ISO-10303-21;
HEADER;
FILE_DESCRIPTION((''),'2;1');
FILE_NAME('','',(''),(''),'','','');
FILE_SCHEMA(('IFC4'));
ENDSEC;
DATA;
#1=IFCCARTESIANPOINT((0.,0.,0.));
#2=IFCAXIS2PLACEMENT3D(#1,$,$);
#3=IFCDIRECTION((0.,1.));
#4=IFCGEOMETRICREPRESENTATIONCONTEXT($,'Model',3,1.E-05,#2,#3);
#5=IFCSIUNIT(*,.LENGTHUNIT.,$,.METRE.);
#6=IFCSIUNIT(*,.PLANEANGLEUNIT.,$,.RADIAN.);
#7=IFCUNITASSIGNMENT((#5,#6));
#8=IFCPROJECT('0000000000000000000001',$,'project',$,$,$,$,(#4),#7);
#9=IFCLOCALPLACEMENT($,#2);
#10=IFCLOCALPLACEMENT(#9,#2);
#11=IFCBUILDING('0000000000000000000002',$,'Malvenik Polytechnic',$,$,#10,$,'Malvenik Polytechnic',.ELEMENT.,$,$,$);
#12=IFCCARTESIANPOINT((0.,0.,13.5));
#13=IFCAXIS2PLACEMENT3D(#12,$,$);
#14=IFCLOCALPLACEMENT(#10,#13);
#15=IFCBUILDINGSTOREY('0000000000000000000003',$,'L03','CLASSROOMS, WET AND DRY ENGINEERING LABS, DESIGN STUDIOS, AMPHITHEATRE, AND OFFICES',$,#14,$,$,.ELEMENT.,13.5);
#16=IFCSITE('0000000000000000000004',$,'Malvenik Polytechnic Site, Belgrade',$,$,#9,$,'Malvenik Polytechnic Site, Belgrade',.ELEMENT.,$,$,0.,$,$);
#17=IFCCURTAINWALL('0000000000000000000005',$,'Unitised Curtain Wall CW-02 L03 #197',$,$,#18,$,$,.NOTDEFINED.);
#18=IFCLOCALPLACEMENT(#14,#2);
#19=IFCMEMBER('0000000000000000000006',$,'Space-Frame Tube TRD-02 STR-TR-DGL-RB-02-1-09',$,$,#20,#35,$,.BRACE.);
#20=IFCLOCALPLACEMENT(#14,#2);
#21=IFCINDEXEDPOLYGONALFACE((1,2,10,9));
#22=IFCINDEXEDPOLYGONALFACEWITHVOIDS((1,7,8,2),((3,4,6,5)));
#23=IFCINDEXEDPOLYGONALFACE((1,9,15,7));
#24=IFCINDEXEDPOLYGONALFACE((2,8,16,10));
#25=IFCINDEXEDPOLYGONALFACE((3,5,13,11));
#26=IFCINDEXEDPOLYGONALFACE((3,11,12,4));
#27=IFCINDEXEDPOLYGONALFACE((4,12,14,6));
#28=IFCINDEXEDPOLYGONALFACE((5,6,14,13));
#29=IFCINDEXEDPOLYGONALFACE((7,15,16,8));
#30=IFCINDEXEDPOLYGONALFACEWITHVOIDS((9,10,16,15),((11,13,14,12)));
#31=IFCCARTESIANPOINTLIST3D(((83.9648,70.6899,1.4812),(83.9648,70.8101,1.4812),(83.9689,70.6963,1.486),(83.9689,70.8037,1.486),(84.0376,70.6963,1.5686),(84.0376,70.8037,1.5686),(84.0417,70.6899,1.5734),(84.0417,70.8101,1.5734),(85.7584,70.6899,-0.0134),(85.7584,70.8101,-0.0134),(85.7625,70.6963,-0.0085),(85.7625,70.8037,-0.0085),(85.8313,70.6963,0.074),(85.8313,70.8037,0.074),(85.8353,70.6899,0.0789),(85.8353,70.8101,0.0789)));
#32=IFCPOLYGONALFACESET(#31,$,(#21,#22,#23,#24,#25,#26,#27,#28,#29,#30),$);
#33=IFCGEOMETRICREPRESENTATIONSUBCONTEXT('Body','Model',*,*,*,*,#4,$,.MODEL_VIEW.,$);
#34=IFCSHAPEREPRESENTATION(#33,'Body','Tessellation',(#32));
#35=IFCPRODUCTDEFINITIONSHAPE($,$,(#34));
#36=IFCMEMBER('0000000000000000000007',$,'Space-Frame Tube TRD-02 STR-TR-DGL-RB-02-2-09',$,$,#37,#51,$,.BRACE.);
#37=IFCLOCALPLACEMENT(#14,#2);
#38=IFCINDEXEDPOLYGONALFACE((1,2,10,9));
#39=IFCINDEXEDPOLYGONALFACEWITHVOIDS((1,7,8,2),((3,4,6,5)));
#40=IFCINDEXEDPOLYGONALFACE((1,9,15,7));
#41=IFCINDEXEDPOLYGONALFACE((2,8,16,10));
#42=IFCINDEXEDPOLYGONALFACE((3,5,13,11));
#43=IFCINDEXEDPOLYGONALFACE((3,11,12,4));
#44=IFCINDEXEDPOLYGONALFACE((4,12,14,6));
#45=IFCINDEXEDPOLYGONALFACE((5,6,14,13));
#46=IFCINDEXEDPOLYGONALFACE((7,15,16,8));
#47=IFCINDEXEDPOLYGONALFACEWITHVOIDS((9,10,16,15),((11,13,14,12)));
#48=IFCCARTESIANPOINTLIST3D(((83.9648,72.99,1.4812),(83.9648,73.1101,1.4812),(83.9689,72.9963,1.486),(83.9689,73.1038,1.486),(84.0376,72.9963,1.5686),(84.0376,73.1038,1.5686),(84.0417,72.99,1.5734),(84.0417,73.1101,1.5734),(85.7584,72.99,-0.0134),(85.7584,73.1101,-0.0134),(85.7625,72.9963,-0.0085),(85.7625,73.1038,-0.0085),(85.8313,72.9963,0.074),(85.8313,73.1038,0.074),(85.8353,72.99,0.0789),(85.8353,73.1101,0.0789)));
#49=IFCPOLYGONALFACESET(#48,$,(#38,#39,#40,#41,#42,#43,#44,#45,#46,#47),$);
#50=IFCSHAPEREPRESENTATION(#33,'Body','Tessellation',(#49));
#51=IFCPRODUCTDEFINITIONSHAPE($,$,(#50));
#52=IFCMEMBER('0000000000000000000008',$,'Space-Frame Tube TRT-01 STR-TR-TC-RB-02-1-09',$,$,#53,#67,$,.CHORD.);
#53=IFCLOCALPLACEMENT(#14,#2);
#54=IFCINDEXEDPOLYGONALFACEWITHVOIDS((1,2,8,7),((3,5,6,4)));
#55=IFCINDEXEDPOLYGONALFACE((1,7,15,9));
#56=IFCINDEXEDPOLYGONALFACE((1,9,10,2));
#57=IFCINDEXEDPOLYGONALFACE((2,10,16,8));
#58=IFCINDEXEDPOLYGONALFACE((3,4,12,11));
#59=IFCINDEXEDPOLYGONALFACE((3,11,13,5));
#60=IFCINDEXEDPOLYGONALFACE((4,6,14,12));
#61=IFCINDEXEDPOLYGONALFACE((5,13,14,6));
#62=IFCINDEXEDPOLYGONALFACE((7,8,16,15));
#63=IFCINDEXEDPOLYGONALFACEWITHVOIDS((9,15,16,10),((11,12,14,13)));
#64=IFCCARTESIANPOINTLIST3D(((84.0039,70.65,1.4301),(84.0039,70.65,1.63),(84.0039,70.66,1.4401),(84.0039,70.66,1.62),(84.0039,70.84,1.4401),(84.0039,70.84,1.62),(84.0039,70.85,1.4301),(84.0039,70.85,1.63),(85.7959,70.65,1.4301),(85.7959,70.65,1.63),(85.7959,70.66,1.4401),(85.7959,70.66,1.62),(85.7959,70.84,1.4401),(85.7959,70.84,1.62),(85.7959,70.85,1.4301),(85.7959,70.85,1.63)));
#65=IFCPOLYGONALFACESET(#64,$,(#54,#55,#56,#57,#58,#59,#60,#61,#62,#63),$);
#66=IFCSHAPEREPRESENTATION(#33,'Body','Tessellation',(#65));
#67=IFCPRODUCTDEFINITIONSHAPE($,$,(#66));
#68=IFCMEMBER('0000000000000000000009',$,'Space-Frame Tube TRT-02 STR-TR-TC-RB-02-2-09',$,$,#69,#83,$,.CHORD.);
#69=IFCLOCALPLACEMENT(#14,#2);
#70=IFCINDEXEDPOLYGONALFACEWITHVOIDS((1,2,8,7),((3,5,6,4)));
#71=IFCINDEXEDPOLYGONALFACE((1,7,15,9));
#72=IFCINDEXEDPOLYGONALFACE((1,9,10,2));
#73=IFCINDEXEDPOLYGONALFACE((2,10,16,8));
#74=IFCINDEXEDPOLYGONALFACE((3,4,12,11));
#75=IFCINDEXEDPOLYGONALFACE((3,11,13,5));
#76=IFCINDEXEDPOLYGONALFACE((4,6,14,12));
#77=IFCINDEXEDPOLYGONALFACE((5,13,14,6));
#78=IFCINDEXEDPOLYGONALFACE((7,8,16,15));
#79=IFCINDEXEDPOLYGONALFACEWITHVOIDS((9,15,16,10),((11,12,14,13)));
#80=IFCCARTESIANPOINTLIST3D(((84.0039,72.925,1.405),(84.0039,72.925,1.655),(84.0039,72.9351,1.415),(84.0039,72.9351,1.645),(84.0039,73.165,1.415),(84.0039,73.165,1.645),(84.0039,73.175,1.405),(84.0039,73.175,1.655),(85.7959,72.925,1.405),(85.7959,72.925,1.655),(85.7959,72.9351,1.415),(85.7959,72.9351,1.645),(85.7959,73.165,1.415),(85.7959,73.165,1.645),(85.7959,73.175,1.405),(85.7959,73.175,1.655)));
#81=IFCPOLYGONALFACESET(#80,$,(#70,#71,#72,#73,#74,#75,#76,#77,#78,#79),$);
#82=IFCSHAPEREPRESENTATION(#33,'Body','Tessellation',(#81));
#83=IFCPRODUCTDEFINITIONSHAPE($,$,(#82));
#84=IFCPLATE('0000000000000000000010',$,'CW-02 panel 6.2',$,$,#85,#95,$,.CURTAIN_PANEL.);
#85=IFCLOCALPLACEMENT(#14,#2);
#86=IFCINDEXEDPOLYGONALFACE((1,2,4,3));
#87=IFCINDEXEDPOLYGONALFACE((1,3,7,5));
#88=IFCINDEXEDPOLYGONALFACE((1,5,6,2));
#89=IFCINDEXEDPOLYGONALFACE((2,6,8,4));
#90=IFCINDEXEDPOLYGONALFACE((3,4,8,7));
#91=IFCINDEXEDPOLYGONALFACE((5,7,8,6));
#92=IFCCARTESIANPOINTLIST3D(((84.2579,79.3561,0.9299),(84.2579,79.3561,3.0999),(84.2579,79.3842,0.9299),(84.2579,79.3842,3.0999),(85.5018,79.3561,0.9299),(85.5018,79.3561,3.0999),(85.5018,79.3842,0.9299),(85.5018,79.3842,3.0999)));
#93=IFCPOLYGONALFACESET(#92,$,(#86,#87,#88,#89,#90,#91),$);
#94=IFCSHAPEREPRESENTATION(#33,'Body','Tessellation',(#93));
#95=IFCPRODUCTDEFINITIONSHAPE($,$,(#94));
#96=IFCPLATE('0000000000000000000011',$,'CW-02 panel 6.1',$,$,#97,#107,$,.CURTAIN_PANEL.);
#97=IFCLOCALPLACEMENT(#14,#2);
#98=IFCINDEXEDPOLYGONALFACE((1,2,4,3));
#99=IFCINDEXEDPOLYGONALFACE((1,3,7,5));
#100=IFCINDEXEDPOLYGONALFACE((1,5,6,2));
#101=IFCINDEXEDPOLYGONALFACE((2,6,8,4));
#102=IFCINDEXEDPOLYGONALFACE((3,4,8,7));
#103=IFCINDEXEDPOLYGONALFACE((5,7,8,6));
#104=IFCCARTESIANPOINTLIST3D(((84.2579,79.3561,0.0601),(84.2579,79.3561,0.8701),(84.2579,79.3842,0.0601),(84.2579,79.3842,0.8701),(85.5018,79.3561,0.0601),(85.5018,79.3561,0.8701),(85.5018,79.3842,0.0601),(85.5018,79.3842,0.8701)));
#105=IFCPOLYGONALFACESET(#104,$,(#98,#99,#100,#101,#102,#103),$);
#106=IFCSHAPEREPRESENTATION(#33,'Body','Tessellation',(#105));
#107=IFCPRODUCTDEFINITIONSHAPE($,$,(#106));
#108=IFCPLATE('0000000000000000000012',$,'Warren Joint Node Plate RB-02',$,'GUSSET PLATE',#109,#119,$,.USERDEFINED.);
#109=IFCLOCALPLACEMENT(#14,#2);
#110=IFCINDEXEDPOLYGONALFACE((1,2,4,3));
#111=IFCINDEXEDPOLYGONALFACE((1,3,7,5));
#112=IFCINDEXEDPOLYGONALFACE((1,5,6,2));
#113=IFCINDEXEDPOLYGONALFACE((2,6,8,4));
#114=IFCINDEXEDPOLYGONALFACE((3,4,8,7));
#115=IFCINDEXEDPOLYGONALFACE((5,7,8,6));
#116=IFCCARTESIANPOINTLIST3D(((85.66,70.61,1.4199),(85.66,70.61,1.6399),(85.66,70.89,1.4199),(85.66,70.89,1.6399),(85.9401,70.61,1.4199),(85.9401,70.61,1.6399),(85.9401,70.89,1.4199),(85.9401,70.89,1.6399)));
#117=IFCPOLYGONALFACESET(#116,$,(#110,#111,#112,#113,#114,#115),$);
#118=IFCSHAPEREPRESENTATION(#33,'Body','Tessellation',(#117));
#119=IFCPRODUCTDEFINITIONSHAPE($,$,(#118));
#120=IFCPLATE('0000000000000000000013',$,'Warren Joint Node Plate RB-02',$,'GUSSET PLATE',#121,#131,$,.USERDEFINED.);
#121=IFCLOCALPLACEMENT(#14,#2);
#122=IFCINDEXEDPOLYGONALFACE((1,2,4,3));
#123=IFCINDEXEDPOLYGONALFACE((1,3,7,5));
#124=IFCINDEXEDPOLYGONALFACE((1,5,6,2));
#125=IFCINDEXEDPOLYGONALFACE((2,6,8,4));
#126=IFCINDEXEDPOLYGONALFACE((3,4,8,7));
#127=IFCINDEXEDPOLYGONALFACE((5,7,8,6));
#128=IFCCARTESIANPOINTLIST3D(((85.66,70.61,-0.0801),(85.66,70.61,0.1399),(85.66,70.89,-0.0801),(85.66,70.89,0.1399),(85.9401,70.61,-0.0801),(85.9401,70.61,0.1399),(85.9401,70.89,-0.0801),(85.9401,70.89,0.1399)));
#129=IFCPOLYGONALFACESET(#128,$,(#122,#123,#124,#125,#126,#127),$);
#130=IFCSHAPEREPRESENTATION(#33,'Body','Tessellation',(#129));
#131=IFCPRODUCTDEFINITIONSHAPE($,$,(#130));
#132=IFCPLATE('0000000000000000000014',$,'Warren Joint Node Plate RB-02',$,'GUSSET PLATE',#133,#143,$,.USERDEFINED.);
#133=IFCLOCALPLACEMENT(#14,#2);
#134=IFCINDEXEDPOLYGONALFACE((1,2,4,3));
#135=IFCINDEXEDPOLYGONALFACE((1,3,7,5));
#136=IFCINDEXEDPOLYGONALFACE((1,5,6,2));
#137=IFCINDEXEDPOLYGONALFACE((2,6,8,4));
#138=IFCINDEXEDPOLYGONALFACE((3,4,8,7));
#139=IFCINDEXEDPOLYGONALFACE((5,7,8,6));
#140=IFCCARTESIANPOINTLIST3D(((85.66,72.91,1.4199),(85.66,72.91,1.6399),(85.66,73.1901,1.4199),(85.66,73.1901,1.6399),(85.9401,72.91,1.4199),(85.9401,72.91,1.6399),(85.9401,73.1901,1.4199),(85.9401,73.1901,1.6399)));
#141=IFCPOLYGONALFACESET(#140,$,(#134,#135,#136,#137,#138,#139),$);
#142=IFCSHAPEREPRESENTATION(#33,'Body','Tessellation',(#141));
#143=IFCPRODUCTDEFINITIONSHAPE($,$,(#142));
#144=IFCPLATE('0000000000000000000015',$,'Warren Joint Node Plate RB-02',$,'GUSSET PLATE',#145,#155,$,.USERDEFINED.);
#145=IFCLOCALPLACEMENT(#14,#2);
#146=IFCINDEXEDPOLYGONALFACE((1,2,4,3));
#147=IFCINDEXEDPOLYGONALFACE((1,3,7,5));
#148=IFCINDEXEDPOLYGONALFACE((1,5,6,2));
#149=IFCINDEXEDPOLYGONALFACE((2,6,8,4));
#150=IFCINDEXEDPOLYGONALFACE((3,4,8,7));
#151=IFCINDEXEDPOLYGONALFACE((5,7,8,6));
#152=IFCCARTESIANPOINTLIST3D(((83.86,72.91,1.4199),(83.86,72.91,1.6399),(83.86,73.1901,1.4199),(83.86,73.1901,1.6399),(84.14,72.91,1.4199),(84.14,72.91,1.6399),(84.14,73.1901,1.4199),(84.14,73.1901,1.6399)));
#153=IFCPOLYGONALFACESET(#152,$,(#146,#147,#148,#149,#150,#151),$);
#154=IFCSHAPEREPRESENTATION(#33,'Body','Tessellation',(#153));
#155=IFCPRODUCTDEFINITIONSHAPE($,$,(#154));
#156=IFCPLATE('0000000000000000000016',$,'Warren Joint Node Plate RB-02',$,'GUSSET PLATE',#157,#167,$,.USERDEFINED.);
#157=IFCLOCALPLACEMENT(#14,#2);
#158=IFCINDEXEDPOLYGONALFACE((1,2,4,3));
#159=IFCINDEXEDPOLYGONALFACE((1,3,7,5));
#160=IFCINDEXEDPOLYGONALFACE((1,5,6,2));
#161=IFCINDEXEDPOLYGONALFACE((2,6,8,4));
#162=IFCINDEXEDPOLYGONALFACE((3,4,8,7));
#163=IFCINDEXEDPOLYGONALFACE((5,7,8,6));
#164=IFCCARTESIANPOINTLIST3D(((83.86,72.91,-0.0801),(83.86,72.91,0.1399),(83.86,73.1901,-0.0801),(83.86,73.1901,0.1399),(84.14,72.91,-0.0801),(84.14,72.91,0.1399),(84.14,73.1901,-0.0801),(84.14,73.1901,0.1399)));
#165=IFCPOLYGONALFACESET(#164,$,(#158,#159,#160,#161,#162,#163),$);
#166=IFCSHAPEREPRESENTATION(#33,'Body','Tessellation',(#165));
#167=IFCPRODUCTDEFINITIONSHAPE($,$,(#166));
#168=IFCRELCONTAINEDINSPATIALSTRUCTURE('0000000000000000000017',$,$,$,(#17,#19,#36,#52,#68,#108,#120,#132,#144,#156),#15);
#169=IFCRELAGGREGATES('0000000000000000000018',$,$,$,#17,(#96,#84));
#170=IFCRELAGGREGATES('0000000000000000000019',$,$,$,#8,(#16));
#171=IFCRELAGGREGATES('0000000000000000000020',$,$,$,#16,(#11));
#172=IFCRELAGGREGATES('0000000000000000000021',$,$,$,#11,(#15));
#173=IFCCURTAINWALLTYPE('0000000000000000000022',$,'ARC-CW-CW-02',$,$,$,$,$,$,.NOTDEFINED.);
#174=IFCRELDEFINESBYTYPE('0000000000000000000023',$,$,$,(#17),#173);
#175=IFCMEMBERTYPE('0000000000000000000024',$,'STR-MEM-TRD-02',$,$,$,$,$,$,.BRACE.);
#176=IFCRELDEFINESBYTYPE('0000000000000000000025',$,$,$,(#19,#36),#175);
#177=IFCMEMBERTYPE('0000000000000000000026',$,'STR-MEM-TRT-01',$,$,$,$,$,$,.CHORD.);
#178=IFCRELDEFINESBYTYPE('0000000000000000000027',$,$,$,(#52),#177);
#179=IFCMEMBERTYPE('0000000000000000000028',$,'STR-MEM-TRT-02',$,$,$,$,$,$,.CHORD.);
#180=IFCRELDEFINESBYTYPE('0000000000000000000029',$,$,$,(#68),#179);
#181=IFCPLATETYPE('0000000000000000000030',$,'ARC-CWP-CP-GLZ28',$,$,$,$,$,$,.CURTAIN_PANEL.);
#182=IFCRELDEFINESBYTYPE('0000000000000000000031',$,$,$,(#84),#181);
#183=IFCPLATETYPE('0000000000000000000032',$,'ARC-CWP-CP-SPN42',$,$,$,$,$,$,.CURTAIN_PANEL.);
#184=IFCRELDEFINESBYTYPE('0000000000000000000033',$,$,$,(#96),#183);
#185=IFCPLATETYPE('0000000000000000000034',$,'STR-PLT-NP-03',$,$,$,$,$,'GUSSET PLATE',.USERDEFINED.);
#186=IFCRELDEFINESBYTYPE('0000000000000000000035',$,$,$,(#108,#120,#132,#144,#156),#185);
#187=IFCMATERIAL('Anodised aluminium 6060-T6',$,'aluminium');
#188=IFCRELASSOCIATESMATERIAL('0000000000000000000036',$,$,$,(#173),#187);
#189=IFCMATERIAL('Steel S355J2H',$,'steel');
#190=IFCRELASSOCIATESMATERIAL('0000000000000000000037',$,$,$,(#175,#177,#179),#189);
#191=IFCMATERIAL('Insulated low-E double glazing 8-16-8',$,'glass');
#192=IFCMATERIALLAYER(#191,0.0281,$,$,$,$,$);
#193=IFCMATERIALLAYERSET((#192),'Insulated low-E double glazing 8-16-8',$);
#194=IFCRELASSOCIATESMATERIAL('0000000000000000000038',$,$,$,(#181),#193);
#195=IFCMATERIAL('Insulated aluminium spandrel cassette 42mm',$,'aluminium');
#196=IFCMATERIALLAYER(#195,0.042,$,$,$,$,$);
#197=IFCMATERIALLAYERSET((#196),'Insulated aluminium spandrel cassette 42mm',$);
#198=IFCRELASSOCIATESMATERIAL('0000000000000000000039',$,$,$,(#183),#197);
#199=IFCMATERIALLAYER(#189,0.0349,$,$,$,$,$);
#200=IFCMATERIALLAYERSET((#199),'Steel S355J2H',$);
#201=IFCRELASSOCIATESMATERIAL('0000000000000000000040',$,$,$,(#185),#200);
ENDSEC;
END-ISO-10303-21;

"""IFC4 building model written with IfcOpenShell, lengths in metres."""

from ifc_helpers import new_model, si_unit, direction, frame, origin, origin_2d, place, context, subcontext, project, spatial, rectangle, hollow_rectangle, extrude, material, layer, layer_set, material_profile, profile_set, type_object, element, aggregate, save


model = new_model("IFC4")

# Units and contexts
model_context = context("Model", 3, precision=1e-05, world=origin(), true_north=direction((0.0, 1.0)))
body_context = subcontext(model_context, "Body", "Model", "MODEL_VIEW")
ifc_project = project(units=[si_unit("LENGTHUNIT", "METRE"), si_unit("PLANEANGLEUNIT", "RADIAN")], contexts=[model_context])

# Site, building, storey
site_placement = place(None, origin())
site = spatial("IfcSite", under=ifc_project, at=site_placement, Name="Malvenik Polytechnic Site, Belgrade", LongName="Malvenik Polytechnic Site, Belgrade", CompositionType="ELEMENT", RefElevation=0.0)
building_placement = place(site_placement, origin())
building = spatial("IfcBuilding", under=site, at=building_placement, Name="Malvenik Polytechnic", LongName="Malvenik Polytechnic", CompositionType="ELEMENT")
storey_placement = place(building_placement, frame((0.0, 0.0, 13.5)))
storey = spatial("IfcBuildingStorey", under=building, at=storey_placement, Name="L03", Description="CLASSROOMS, WET AND DRY ENGINEERING LABS, DESIGN STUDIOS, AMPHITHEATRE, AND OFFICES", CompositionType="ELEMENT", Elevation=13.5)

# Shared definitions
ifc_material_1 = material(Name="Steel S355J2H", Category="steel")

# Curtain wall
ifc_material_2 = material(Name="Anodised aluminium 6060-T6", Category="aluminium")
curtain_wall_type = type_object("IfcCurtainWallType", Name="ARC-CW-CW-02", PredefinedType="NOTDEFINED", material=ifc_material_2)
curtain_wall_placement = place(storey_placement, origin())
curtain_wall = element("IfcCurtainWall", 1, at=curtain_wall_placement, inside=storey, type_object=curtain_wall_type, Name="Unitised Curtain Wall CW-02 L03 #197", PredefinedType="NOTDEFINED")

# Members
ifc_material_profile_1 = material_profile(ifc_material_1, hollow_rectangle(XDim=0.1201, YDim=0.1201, WallThickness=0.0063, at=origin_2d()), Name="SHS 120x120x6.3")
ifc_profile_set_1 = profile_set([ifc_material_profile_1], Name="Steel S355J2H")
member_type_1 = type_object("IfcMemberType", Name="STR-MEM-TRD-02", PredefinedType="BRACE", material=ifc_profile_set_1)
for number, where, z_axis, x_axis, name in (
    (2, (85.7969, 70.75, 0.0327), (-0.768247, 0.0, 0.640154), (0.0, -1.0, 0.0), "Space-Frame Tube TRD-02 STR-TR-DGL-RB-02-1-09"),
    (3, (85.7969, 73.05, 0.0327), (-0.768247, 0.0, 0.640154), (0.0, -1.0, 0.0), "Space-Frame Tube TRD-02 STR-TR-DGL-RB-02-2-09"),
):
    element("IfcMember", number, at=place(storey_placement, frame(where, z_axis=z_axis, x_axis=x_axis)), inside=storey, type_object=member_type_1, Name=name, PredefinedType="BRACE", context=body_context, shape_type="SweptSolid", body=[
        extrude(hollow_rectangle(XDim=0.1201, YDim=0.1201, WallThickness=0.0063, at=origin_2d()), origin(), (0.0, 0.0, 1.0), 2.3347),
    ])
ifc_material_profile_2 = material_profile(ifc_material_1, hollow_rectangle(XDim=0.2, YDim=0.2, WallThickness=0.01, at=origin_2d()), Name="SHS 200x200x10.0")
ifc_profile_set_2 = profile_set([ifc_material_profile_2], Name="Steel S355J2H")
member_type_2 = type_object("IfcMemberType", Name="STR-MEM-TRT-01", PredefinedType="CHORD", material=ifc_profile_set_2)
member_1_placement = place(storey_placement, frame((85.7959, 70.75, 1.53), z_axis=(-1.0, 0.0, 0.0), x_axis=(0.0, -1.0, 0.0)))
element("IfcMember", 4, at=member_1_placement, inside=storey, type_object=member_type_2, Name="Space-Frame Tube TRT-01 STR-TR-TC-RB-02-1-09", PredefinedType="CHORD", context=body_context, shape_type="SweptSolid", body=[
    extrude(hollow_rectangle(XDim=0.2, YDim=0.2, WallThickness=0.01, at=origin_2d()), origin(), (0.0, 0.0, 1.0), 1.792),
])
ifc_material_profile_3 = material_profile(ifc_material_1, hollow_rectangle(XDim=0.25, YDim=0.25, WallThickness=0.01, at=origin_2d()), Name="SHS 250x250x10.0")
ifc_profile_set_3 = profile_set([ifc_material_profile_3], Name="Steel S355J2H")
member_type_3 = type_object("IfcMemberType", Name="STR-MEM-TRT-02", PredefinedType="CHORD", material=ifc_profile_set_3)
member_2_placement = place(storey_placement, frame((85.7959, 73.05, 1.53), z_axis=(-1.0, 0.0, 0.0), x_axis=(0.0, -1.0, 0.0)))
element("IfcMember", 5, at=member_2_placement, inside=storey, type_object=member_type_3, Name="Space-Frame Tube TRT-02 STR-TR-TC-RB-02-2-09", PredefinedType="CHORD", context=body_context, shape_type="SweptSolid", body=[
    extrude(hollow_rectangle(XDim=0.25, YDim=0.25, WallThickness=0.01, at=origin_2d()), origin(), (0.0, 0.0, 1.0), 1.792),
])

# Plates
ifc_material_3 = material(Name="Insulated low-E double glazing 8-16-8", Category="glass")
ifc_layer_1 = layer(ifc_material_3, 0.0281)
ifc_layer_set_1 = layer_set([ifc_layer_1], Name="Insulated low-E double glazing 8-16-8")
plate_type_1 = type_object("IfcPlateType", Name="ARC-CWP-CP-GLZ28", PredefinedType="CURTAIN_PANEL", material=ifc_layer_set_1)
plate_1_placement = place(storey_placement, frame((84.8799, 79.3701, 0.9299), z_axis=(0.0, 0.0, 1.0), x_axis=(-1.0, 0.0, 0.0)))
plate_1 = element("IfcPlate", 6, at=plate_1_placement, type_object=plate_type_1, Name="CW-02 panel 6.2", PredefinedType="CURTAIN_PANEL", context=body_context, shape_type="SweptSolid", body=[
    extrude(rectangle(XDim=1.2439, YDim=0.0281, at=origin_2d()), origin(), (0.0, 0.0, 1.0), 2.1699),
])
ifc_material_4 = material(Name="Insulated aluminium spandrel cassette 42mm", Category="aluminium")
ifc_layer_2 = layer(ifc_material_4, 0.042)
ifc_layer_set_2 = layer_set([ifc_layer_2], Name="Insulated aluminium spandrel cassette 42mm")
plate_type_2 = type_object("IfcPlateType", Name="ARC-CWP-CP-SPN42", PredefinedType="CURTAIN_PANEL", material=ifc_layer_set_2)
plate_2_placement = place(storey_placement, frame((84.8799, 79.3701, 0.0601), z_axis=(0.0, 0.0, 1.0), x_axis=(-1.0, 0.0, 0.0)))
plate_2 = element("IfcPlate", 7, at=plate_2_placement, type_object=plate_type_2, Name="CW-02 panel 6.1", PredefinedType="CURTAIN_PANEL", context=body_context, shape_type="SweptSolid", body=[
    extrude(rectangle(XDim=1.2439, YDim=0.0281, at=origin_2d()), origin(), (0.0, 0.0, 1.0), 0.8101),
])
aggregate(curtain_wall, [plate_2, plate_1])

# Plates
ifc_layer_3 = layer(ifc_material_1, 0.0349)
ifc_layer_set_3 = layer_set([ifc_layer_3], Name="Steel S355J2H")
plate_type_3 = type_object("IfcPlateType", Name="STR-PLT-NP-03", ElementType="GUSSET PLATE", PredefinedType="USERDEFINED", material=ifc_layer_set_3)
for number, where, z_axis, x_axis, name in (
    (8, (85.8, 70.75, 1.4199), (0.0, 0.0, 1.0), (1.0, 0.0, 0.0), "Warren Joint Node Plate RB-02"),
    (9, (85.8, 70.75, -0.0801), (0.0, 0.0, 1.0), (1.0, 0.0, 0.0), "Warren Joint Node Plate RB-02"),
    (10, (85.8, 73.05, 1.4199), (0.0, 0.0, 1.0), (1.0, 0.0, 0.0), "Warren Joint Node Plate RB-02"),
    (11, (84.0, 73.05, 1.4199), (0.0, 0.0, 1.0), (1.0, 0.0, 0.0), "Warren Joint Node Plate RB-02"),
    (12, (84.0, 73.05, -0.0801), (0.0, 0.0, 1.0), (1.0, 0.0, 0.0), "Warren Joint Node Plate RB-02"),
):
    element("IfcPlate", number, at=place(storey_placement, frame(where, z_axis=z_axis, x_axis=x_axis)), inside=storey, type_object=plate_type_3, Name=name, ObjectType="GUSSET PLATE", PredefinedType="USERDEFINED", context=body_context, shape_type="SweptSolid", body=[
        extrude(rectangle(XDim=0.28, YDim=0.28, at=origin_2d()), origin(), (0.0, 0.0, 1.0), 0.22),
    ])

save(model, "model.ifc")
